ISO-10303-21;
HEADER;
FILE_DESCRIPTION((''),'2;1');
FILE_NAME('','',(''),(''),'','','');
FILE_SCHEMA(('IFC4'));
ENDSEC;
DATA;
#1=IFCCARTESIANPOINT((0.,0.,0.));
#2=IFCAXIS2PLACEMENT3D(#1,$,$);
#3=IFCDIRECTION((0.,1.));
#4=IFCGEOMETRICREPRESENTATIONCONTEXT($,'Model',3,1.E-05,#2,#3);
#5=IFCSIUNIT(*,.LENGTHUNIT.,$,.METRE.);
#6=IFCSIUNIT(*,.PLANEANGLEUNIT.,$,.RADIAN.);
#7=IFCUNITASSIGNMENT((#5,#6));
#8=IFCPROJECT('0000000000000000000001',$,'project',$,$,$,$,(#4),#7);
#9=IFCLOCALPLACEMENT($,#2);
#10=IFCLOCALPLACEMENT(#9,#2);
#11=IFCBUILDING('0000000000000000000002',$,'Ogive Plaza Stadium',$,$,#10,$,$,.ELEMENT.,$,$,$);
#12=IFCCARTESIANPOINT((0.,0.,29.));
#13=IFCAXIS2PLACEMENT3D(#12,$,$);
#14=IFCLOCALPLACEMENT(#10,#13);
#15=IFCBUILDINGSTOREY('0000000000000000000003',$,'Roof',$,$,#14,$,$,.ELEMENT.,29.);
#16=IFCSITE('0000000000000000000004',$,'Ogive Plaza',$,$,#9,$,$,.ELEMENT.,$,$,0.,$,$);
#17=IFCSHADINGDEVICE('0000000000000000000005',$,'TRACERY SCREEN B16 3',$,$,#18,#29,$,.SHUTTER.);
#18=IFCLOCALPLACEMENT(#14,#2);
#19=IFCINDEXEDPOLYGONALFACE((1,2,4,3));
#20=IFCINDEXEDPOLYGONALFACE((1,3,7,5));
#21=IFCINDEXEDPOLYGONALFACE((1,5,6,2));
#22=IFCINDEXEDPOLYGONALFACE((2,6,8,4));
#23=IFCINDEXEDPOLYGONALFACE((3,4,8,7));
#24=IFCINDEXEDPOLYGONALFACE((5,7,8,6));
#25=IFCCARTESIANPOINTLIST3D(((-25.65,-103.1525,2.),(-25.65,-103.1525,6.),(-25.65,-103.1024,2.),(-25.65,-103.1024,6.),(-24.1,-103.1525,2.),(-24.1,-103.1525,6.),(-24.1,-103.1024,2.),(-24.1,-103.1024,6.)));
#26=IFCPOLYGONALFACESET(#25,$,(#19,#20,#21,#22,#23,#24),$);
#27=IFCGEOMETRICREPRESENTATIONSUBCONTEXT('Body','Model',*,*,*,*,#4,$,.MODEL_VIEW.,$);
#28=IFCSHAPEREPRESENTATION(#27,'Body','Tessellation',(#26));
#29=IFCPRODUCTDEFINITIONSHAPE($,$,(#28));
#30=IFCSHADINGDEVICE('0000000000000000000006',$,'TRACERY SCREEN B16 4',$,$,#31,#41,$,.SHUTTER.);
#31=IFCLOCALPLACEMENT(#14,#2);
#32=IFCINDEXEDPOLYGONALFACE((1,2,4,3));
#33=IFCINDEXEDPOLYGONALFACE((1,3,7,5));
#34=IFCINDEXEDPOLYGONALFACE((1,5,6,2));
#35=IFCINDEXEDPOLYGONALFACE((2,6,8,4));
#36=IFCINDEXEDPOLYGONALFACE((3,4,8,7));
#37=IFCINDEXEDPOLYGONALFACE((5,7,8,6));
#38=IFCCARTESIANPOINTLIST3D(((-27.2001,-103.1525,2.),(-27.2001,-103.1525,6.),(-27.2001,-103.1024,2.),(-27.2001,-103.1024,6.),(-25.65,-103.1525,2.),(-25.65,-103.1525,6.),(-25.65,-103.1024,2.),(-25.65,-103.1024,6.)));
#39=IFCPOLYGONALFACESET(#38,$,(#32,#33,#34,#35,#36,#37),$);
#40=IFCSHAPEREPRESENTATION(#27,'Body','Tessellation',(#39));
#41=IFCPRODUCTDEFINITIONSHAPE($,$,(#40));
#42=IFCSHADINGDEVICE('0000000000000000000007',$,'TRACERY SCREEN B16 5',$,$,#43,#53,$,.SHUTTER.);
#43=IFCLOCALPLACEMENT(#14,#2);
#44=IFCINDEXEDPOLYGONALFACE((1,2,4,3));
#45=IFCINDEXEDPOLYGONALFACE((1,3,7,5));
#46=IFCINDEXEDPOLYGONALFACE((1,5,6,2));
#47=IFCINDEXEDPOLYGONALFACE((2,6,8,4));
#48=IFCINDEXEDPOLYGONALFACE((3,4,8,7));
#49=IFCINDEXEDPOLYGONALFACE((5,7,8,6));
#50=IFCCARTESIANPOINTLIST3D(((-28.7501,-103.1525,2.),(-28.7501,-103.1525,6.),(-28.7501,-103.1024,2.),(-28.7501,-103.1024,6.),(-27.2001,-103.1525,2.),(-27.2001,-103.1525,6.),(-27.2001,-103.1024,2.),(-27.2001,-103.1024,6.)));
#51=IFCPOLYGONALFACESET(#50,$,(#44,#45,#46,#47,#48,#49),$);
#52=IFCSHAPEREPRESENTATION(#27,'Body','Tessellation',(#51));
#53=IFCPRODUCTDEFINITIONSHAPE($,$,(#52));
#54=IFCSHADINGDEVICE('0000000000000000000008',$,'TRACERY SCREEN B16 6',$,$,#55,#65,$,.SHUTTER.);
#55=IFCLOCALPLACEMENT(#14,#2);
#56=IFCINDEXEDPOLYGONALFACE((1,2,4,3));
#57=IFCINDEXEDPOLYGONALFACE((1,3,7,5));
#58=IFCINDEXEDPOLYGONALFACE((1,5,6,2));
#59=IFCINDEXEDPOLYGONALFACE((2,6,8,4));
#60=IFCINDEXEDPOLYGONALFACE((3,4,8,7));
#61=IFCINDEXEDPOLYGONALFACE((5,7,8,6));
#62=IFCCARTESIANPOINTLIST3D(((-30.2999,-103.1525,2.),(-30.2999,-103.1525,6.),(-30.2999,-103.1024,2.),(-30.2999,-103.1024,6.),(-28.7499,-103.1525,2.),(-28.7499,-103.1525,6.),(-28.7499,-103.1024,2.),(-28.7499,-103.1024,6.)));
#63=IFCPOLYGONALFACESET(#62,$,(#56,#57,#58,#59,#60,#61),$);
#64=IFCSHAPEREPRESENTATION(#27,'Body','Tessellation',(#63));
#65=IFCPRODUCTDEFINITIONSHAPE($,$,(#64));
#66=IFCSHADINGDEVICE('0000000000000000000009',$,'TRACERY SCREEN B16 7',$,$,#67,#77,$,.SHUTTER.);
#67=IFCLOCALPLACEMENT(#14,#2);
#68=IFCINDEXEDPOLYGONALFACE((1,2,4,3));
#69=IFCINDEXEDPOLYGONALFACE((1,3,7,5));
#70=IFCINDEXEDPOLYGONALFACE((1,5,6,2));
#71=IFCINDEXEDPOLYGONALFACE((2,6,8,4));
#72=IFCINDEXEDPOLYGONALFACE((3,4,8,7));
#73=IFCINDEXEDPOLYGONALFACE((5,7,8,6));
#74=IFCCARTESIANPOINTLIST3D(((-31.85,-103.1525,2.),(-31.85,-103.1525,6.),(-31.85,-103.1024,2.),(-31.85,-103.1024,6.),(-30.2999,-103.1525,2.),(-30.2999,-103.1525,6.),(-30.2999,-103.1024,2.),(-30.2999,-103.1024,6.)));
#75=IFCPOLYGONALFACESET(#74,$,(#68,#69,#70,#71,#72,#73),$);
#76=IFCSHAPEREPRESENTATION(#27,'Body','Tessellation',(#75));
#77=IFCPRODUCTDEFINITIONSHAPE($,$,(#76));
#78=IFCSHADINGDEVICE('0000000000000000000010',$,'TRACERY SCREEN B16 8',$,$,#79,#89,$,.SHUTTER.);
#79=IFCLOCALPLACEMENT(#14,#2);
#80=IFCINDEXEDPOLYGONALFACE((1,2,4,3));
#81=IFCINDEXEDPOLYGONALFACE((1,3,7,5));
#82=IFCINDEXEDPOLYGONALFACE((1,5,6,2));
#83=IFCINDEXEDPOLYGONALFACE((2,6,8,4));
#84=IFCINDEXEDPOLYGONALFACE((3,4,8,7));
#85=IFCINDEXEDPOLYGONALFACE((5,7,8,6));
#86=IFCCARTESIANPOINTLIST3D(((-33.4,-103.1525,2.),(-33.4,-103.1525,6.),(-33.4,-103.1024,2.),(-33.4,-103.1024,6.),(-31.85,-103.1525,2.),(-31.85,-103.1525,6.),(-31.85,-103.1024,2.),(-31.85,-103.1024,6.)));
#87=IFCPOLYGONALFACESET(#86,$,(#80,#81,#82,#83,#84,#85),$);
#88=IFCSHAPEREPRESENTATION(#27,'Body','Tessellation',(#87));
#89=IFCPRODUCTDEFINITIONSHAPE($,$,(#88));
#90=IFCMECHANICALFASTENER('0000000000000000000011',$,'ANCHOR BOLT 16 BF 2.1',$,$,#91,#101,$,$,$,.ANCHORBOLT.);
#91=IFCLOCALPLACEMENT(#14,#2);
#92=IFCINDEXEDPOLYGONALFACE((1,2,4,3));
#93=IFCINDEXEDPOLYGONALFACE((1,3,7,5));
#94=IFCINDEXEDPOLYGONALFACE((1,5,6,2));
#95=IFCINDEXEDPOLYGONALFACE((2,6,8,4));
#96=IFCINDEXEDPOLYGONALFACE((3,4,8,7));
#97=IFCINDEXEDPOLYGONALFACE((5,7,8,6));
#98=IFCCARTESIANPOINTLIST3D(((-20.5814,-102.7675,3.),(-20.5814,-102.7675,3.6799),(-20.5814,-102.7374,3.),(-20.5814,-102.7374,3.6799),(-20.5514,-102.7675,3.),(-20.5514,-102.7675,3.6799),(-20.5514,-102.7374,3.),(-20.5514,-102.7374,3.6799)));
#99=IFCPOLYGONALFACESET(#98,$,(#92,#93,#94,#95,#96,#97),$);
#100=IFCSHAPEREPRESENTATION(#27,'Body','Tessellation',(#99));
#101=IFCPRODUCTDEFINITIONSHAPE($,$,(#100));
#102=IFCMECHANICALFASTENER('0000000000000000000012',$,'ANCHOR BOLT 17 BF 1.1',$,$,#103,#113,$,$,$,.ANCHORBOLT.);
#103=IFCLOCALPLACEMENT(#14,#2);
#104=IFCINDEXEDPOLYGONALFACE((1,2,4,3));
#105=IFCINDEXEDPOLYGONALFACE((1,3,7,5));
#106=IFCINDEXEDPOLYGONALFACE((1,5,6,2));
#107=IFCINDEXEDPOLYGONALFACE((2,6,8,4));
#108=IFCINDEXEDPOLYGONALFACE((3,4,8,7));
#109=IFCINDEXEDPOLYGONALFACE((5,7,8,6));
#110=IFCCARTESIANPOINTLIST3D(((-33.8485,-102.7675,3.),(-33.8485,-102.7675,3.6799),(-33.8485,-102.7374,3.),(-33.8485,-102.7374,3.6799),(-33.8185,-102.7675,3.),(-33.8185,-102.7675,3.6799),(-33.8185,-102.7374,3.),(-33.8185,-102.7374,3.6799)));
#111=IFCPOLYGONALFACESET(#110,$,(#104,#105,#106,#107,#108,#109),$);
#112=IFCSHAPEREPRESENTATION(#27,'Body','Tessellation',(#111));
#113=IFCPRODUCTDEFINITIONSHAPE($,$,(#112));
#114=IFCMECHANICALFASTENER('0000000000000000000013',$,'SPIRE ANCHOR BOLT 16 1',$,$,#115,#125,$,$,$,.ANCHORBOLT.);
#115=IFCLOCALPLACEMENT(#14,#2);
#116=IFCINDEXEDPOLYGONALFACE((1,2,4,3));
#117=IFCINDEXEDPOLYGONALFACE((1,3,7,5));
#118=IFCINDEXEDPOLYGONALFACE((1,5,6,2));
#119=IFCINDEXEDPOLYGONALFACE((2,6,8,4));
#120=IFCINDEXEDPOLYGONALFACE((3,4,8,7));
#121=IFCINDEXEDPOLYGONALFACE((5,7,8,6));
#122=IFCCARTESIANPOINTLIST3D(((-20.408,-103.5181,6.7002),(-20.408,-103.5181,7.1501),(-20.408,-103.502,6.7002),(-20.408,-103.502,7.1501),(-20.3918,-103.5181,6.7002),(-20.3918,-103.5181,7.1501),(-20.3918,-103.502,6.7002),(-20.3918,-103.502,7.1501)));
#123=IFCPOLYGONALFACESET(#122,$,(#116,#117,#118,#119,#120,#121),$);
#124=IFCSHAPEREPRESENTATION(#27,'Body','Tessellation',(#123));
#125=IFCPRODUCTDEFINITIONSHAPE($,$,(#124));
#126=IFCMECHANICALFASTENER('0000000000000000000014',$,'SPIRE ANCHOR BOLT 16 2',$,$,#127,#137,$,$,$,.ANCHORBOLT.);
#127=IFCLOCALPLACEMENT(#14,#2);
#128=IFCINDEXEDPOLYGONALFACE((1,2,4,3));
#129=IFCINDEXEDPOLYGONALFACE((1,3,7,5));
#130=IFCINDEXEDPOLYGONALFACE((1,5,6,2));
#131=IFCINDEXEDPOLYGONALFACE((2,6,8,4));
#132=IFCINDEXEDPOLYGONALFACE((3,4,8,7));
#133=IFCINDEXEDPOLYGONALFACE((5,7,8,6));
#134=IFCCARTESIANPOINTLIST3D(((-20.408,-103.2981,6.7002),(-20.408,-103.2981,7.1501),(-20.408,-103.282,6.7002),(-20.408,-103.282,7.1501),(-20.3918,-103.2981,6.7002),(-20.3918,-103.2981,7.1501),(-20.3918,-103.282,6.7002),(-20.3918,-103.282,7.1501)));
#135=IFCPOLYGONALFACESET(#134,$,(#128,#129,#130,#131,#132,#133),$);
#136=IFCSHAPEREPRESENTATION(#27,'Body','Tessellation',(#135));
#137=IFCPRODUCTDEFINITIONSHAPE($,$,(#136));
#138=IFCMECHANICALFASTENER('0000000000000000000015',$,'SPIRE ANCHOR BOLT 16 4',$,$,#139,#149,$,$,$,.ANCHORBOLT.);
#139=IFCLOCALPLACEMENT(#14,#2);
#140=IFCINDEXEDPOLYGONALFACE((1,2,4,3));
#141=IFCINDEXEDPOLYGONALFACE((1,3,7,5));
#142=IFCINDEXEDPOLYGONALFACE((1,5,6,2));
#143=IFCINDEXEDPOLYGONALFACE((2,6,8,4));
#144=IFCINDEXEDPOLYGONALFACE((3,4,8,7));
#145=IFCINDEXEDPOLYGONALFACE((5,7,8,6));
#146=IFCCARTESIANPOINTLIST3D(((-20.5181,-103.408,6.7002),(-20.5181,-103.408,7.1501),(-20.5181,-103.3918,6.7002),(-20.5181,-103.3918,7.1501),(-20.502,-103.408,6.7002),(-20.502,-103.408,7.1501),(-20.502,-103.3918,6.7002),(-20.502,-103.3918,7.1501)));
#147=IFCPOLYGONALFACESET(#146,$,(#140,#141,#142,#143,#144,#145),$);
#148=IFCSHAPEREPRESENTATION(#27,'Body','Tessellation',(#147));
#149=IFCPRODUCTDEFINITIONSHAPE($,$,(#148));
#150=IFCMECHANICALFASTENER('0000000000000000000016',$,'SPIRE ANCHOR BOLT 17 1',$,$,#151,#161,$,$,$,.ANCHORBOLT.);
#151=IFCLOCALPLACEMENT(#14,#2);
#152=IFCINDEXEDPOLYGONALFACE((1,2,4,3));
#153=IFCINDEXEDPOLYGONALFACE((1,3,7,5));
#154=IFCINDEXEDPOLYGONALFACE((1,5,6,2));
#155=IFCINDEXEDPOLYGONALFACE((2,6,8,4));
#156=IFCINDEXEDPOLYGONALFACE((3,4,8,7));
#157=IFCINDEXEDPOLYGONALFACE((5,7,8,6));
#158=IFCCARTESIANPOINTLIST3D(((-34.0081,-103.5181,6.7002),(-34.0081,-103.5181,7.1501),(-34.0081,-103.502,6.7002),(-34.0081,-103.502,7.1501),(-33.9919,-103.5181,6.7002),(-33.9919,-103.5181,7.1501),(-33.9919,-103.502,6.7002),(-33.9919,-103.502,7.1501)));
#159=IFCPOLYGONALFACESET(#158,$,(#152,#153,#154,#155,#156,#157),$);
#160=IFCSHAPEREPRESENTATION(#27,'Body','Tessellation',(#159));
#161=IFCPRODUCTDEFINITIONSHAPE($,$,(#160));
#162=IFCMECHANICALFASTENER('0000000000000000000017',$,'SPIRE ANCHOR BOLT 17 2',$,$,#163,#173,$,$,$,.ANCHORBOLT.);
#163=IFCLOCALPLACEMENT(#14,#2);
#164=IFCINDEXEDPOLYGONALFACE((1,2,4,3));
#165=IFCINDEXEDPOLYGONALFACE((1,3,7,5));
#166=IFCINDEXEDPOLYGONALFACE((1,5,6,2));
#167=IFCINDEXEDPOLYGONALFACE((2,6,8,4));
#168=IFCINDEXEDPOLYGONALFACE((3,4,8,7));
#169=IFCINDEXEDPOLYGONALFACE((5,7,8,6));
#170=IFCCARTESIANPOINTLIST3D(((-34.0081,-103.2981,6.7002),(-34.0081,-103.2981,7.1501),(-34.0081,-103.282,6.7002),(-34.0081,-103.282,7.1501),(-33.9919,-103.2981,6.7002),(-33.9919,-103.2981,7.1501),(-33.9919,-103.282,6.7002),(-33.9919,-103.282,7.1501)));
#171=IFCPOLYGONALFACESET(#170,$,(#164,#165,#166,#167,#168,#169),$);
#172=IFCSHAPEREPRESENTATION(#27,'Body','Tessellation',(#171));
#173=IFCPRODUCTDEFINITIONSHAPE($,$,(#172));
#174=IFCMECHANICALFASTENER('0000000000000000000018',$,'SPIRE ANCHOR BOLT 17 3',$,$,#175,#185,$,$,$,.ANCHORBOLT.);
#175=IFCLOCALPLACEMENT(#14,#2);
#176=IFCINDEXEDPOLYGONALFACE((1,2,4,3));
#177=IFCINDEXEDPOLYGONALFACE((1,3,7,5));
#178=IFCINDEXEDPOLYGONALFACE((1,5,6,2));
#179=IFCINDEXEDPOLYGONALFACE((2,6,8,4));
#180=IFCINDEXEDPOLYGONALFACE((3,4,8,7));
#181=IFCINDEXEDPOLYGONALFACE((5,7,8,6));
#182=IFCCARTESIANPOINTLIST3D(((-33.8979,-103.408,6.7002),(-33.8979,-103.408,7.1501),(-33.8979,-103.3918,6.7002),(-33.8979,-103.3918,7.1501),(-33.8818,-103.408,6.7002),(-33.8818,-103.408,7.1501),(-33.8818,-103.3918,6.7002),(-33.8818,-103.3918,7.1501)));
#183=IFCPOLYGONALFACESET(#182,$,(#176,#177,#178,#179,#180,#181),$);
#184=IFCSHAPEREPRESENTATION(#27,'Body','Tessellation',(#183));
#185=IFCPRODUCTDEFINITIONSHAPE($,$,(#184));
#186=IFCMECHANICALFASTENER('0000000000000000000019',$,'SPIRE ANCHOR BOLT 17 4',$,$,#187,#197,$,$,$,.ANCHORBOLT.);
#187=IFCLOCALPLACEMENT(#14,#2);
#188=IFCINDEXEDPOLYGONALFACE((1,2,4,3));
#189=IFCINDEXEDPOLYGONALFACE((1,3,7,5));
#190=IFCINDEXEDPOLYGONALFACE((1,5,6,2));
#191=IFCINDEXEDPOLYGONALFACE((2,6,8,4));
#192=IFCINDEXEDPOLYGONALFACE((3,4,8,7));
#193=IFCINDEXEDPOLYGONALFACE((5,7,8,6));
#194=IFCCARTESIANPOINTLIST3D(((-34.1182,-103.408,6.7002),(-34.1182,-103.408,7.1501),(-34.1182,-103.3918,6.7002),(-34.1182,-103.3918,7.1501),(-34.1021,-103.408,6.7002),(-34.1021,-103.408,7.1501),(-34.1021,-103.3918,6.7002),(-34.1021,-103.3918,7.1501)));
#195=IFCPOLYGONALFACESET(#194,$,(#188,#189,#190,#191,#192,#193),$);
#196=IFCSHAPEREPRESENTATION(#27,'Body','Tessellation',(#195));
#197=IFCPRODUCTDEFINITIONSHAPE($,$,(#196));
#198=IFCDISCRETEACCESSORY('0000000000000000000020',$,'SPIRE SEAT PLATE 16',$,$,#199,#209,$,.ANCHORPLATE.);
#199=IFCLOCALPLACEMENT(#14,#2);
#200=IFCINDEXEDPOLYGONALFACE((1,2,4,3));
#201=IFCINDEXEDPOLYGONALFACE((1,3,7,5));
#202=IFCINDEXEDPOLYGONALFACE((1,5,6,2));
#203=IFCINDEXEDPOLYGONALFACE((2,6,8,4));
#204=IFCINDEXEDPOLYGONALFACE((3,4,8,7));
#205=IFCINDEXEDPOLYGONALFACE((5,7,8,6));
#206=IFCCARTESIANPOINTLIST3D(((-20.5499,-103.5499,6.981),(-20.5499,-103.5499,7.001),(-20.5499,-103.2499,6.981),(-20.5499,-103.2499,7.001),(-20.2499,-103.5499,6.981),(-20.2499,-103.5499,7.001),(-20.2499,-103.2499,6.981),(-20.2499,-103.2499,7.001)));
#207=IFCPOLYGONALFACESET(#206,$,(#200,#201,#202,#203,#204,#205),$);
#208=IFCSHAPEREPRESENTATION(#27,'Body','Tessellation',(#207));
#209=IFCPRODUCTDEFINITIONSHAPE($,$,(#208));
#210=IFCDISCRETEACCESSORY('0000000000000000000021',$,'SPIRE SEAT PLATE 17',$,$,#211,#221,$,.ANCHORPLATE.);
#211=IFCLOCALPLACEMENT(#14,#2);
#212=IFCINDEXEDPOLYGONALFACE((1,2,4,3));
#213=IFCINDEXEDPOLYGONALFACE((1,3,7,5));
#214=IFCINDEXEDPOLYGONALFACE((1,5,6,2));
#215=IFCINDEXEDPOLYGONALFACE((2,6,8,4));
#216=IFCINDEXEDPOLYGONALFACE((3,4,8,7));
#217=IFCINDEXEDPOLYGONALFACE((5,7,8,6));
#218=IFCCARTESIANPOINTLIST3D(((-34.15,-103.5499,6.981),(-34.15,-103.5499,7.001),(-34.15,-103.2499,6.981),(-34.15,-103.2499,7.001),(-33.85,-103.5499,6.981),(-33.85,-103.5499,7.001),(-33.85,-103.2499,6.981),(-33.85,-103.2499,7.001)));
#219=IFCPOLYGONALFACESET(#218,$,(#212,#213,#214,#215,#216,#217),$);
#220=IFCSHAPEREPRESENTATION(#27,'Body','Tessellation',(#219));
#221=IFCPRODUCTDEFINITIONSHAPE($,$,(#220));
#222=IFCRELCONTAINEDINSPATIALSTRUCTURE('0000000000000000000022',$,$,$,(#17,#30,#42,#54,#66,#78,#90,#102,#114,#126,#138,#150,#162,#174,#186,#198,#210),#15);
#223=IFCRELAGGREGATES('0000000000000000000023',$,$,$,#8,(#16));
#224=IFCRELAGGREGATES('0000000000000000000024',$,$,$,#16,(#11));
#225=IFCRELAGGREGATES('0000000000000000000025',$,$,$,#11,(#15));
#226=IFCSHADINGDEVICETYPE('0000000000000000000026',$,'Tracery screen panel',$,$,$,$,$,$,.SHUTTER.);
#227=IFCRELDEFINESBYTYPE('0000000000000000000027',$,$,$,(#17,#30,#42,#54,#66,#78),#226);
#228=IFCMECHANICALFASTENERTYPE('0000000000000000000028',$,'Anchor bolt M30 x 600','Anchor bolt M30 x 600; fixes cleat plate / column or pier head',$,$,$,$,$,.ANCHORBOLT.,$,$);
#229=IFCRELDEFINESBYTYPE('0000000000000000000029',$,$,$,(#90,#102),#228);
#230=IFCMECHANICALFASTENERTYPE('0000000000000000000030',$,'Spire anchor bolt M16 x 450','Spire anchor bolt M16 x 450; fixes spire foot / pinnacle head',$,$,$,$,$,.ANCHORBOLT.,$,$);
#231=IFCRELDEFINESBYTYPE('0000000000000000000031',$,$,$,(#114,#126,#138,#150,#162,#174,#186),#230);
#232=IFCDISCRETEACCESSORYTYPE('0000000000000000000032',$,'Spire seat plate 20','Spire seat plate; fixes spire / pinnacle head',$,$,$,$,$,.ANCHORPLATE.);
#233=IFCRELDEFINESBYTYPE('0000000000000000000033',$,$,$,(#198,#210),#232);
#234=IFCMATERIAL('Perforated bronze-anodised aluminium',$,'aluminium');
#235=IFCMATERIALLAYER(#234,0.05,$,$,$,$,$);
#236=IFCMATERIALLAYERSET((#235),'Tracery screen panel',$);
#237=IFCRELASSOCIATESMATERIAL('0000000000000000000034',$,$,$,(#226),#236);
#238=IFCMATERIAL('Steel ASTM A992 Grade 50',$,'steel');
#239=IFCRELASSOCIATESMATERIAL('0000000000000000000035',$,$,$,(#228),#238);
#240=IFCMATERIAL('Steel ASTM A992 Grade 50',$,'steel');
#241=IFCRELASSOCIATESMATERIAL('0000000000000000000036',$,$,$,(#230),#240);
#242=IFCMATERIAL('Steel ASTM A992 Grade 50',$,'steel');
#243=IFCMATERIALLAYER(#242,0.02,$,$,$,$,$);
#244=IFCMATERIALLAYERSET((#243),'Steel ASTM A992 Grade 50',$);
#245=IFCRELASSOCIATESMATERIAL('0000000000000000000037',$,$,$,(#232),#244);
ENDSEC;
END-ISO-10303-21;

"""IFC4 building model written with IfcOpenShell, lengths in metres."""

from ifc_helpers import new_model, si_unit, direction, frame, origin, origin_2d, place, context, subcontext, project, spatial, rectangle, extrude, material, layer, layer_set, type_object, element, save


model = new_model("IFC4")

# Units and contexts
model_context = context("Model", 3, precision=1e-05, world=origin(), true_north=direction((0.0, 1.0)))
body_context = subcontext(model_context, "Body", "Model", "MODEL_VIEW")
ifc_project = project(units=[si_unit("LENGTHUNIT", "METRE"), si_unit("PLANEANGLEUNIT", "RADIAN")], contexts=[model_context])

# Site, building, storey
site_placement = place(None, origin())
site = spatial("IfcSite", under=ifc_project, at=site_placement, Name="Ogive Plaza", CompositionType="ELEMENT", RefElevation=0.0)
building_placement = place(site_placement, origin())
building = spatial("IfcBuilding", under=site, at=building_placement, Name="Ogive Plaza Stadium", CompositionType="ELEMENT")
storey_placement = place(building_placement, frame((0.0, 0.0, 29.0)))
storey = spatial("IfcBuildingStorey", under=building, at=storey_placement, Name="Roof", CompositionType="ELEMENT", Elevation=29.0)

# Shading devices
ifc_material_1 = material(Name="Perforated bronze-anodised aluminium", Category="aluminium")
ifc_layer_1 = layer(ifc_material_1, 0.05)
ifc_layer_set_1 = layer_set([ifc_layer_1], Name="Tracery screen panel")
shading_device_type = type_object("IfcShadingDeviceType", Name="Tracery screen panel", PredefinedType="SHUTTER", material=ifc_layer_set_1)
for number, where, z_axis, x_axis, name in (
    (1, (-24.875, -103.1274, 2.0), (0.0, 0.0, 1.0), (-1.0, 0.0, 0.0), "TRACERY SCREEN B16 3"),
    (2, (-26.425, -103.1274, 2.0), (0.0, 0.0, 1.0), (-1.0, 0.0, 0.0), "TRACERY SCREEN B16 4"),
    (3, (-27.9751, -103.1274, 2.0), (0.0, 0.0, 1.0), (-1.0, 0.0, 0.0), "TRACERY SCREEN B16 5"),
    (4, (-29.5249, -103.1274, 2.0), (0.0, 0.0, 1.0), (-1.0, 0.0, 0.0), "TRACERY SCREEN B16 6"),
    (5, (-31.075, -103.1274, 2.0), (0.0, 0.0, 1.0), (-1.0, 0.0, 0.0), "TRACERY SCREEN B16 7"),
    (6, (-32.625, -103.1274, 2.0), (0.0, 0.0, 1.0), (-1.0, 0.0, 0.0), "TRACERY SCREEN B16 8"),
):
    element("IfcShadingDevice", number, at=place(storey_placement, frame(where, z_axis=z_axis, x_axis=x_axis)), inside=storey, type_object=shading_device_type, Name=name, PredefinedType="SHUTTER", context=body_context, shape_type="SweptSolid", body=[
        extrude(rectangle(XDim=1.55, YDim=0.05, at=origin_2d()), origin(), (0.0, 0.0, 1.0), 4.0),
    ])

# Mechanical fasteners
ifc_material_2 = material(Name="Steel ASTM A992 Grade 50", Category="steel")
mechanical_fastener_type_1 = type_object("IfcMechanicalFastenerType", Name="Anchor bolt M30 x 600", Description="Anchor bolt M30 x 600; fixes cleat plate / column or pier head", PredefinedType="ANCHORBOLT", material=ifc_material_2)
for number, where, z_axis, x_axis, name in (
    (7, (-20.5664, -102.7524, 3.0), (0.0, 0.0, 1.0), (0.0, -1.0, 0.0), "ANCHOR BOLT 16 BF 2.1"),
    (8, (-33.8335, -102.7524, 3.0), (0.0, 0.0, 1.0), (0.0, -1.0, 0.0), "ANCHOR BOLT 17 BF 1.1"),
):
    element("IfcMechanicalFastener", number, at=place(storey_placement, frame(where, z_axis=z_axis, x_axis=x_axis)), inside=storey, type_object=mechanical_fastener_type_1, Name=name, PredefinedType="ANCHORBOLT", context=body_context, shape_type="SweptSolid", body=[
        extrude(rectangle(XDim=0.03, YDim=0.03, at=origin_2d()), origin(), (0.0, 0.0, 1.0), 0.6799),
    ])
ifc_material_3 = material(Name="Steel ASTM A992 Grade 50", Category="steel")
mechanical_fastener_type_2 = type_object("IfcMechanicalFastenerType", Name="Spire anchor bolt M16 x 450", Description="Spire anchor bolt M16 x 450; fixes spire foot / pinnacle head", PredefinedType="ANCHORBOLT", material=ifc_material_3)
for number, where, z_axis, x_axis, name in (
    (9, (-20.3999, -103.51, 6.7002), (0.0, 0.0, 1.0), (0.0, -1.0, 0.0), "SPIRE ANCHOR BOLT 16 1"),
    (10, (-20.3999, -103.29, 6.7002), (0.0, 0.0, 1.0), (0.0, -1.0, 0.0), "SPIRE ANCHOR BOLT 16 2"),
    (11, (-20.51, -103.3999, 6.7002), (0.0, 0.0, 1.0), (0.0, -1.0, 0.0), "SPIRE ANCHOR BOLT 16 4"),
    (12, (-34.0, -103.51, 6.7002), (0.0, 0.0, 1.0), (0.0, -1.0, 0.0), "SPIRE ANCHOR BOLT 17 1"),
    (13, (-34.0, -103.29, 6.7002), (0.0, 0.0, 1.0), (0.0, -1.0, 0.0), "SPIRE ANCHOR BOLT 17 2"),
    (14, (-33.8899, -103.3999, 6.7002), (0.0, 0.0, 1.0), (0.0, -1.0, 0.0), "SPIRE ANCHOR BOLT 17 3"),
    (15, (-34.1101, -103.3999, 6.7002), (0.0, 0.0, 1.0), (0.0, -1.0, 0.0), "SPIRE ANCHOR BOLT 17 4"),
):
    element("IfcMechanicalFastener", number, at=place(storey_placement, frame(where, z_axis=z_axis, x_axis=x_axis)), inside=storey, type_object=mechanical_fastener_type_2, Name=name, PredefinedType="ANCHORBOLT", context=body_context, shape_type="SweptSolid", body=[
        extrude(rectangle(XDim=0.0161, YDim=0.0161, at=origin_2d()), origin(), (0.0, 0.0, 1.0), 0.45),
    ])

# Discrete accessories
ifc_material_4 = material(Name="Steel ASTM A992 Grade 50", Category="steel")
ifc_layer_2 = layer(ifc_material_4, 0.02)
ifc_layer_set_2 = layer_set([ifc_layer_2], Name="Steel ASTM A992 Grade 50")
discrete_accessory_type_1 = type_object("IfcDiscreteAccessoryType", Name="Spire seat plate 20", Description="Spire seat plate; fixes spire / pinnacle head", PredefinedType="ANCHORPLATE", material=ifc_layer_set_2)
for number, where, z_axis, x_axis, name in (
    (16, (-20.3999, -103.3999, 6.981), (0.0, 0.0, 1.0), (0.0, -1.0, 0.0), "SPIRE SEAT PLATE 16"),
    (17, (-34.0, -103.3999, 6.981), (0.0, 0.0, 1.0), (0.0, -1.0, 0.0), "SPIRE SEAT PLATE 17"),
):
    element("IfcDiscreteAccessory", number, at=place(storey_placement, frame(where, z_axis=z_axis, x_axis=x_axis)), inside=storey, type_object=discrete_accessory_type_1, Name=name, PredefinedType="ANCHORPLATE", context=body_context, shape_type="SweptSolid", body=[
        extrude(rectangle(XDim=0.3, YDim=0.3, at=origin_2d()), origin(), (0.0, 0.0, 1.0), 0.02),
    ])

save(model, "model.ifc")
